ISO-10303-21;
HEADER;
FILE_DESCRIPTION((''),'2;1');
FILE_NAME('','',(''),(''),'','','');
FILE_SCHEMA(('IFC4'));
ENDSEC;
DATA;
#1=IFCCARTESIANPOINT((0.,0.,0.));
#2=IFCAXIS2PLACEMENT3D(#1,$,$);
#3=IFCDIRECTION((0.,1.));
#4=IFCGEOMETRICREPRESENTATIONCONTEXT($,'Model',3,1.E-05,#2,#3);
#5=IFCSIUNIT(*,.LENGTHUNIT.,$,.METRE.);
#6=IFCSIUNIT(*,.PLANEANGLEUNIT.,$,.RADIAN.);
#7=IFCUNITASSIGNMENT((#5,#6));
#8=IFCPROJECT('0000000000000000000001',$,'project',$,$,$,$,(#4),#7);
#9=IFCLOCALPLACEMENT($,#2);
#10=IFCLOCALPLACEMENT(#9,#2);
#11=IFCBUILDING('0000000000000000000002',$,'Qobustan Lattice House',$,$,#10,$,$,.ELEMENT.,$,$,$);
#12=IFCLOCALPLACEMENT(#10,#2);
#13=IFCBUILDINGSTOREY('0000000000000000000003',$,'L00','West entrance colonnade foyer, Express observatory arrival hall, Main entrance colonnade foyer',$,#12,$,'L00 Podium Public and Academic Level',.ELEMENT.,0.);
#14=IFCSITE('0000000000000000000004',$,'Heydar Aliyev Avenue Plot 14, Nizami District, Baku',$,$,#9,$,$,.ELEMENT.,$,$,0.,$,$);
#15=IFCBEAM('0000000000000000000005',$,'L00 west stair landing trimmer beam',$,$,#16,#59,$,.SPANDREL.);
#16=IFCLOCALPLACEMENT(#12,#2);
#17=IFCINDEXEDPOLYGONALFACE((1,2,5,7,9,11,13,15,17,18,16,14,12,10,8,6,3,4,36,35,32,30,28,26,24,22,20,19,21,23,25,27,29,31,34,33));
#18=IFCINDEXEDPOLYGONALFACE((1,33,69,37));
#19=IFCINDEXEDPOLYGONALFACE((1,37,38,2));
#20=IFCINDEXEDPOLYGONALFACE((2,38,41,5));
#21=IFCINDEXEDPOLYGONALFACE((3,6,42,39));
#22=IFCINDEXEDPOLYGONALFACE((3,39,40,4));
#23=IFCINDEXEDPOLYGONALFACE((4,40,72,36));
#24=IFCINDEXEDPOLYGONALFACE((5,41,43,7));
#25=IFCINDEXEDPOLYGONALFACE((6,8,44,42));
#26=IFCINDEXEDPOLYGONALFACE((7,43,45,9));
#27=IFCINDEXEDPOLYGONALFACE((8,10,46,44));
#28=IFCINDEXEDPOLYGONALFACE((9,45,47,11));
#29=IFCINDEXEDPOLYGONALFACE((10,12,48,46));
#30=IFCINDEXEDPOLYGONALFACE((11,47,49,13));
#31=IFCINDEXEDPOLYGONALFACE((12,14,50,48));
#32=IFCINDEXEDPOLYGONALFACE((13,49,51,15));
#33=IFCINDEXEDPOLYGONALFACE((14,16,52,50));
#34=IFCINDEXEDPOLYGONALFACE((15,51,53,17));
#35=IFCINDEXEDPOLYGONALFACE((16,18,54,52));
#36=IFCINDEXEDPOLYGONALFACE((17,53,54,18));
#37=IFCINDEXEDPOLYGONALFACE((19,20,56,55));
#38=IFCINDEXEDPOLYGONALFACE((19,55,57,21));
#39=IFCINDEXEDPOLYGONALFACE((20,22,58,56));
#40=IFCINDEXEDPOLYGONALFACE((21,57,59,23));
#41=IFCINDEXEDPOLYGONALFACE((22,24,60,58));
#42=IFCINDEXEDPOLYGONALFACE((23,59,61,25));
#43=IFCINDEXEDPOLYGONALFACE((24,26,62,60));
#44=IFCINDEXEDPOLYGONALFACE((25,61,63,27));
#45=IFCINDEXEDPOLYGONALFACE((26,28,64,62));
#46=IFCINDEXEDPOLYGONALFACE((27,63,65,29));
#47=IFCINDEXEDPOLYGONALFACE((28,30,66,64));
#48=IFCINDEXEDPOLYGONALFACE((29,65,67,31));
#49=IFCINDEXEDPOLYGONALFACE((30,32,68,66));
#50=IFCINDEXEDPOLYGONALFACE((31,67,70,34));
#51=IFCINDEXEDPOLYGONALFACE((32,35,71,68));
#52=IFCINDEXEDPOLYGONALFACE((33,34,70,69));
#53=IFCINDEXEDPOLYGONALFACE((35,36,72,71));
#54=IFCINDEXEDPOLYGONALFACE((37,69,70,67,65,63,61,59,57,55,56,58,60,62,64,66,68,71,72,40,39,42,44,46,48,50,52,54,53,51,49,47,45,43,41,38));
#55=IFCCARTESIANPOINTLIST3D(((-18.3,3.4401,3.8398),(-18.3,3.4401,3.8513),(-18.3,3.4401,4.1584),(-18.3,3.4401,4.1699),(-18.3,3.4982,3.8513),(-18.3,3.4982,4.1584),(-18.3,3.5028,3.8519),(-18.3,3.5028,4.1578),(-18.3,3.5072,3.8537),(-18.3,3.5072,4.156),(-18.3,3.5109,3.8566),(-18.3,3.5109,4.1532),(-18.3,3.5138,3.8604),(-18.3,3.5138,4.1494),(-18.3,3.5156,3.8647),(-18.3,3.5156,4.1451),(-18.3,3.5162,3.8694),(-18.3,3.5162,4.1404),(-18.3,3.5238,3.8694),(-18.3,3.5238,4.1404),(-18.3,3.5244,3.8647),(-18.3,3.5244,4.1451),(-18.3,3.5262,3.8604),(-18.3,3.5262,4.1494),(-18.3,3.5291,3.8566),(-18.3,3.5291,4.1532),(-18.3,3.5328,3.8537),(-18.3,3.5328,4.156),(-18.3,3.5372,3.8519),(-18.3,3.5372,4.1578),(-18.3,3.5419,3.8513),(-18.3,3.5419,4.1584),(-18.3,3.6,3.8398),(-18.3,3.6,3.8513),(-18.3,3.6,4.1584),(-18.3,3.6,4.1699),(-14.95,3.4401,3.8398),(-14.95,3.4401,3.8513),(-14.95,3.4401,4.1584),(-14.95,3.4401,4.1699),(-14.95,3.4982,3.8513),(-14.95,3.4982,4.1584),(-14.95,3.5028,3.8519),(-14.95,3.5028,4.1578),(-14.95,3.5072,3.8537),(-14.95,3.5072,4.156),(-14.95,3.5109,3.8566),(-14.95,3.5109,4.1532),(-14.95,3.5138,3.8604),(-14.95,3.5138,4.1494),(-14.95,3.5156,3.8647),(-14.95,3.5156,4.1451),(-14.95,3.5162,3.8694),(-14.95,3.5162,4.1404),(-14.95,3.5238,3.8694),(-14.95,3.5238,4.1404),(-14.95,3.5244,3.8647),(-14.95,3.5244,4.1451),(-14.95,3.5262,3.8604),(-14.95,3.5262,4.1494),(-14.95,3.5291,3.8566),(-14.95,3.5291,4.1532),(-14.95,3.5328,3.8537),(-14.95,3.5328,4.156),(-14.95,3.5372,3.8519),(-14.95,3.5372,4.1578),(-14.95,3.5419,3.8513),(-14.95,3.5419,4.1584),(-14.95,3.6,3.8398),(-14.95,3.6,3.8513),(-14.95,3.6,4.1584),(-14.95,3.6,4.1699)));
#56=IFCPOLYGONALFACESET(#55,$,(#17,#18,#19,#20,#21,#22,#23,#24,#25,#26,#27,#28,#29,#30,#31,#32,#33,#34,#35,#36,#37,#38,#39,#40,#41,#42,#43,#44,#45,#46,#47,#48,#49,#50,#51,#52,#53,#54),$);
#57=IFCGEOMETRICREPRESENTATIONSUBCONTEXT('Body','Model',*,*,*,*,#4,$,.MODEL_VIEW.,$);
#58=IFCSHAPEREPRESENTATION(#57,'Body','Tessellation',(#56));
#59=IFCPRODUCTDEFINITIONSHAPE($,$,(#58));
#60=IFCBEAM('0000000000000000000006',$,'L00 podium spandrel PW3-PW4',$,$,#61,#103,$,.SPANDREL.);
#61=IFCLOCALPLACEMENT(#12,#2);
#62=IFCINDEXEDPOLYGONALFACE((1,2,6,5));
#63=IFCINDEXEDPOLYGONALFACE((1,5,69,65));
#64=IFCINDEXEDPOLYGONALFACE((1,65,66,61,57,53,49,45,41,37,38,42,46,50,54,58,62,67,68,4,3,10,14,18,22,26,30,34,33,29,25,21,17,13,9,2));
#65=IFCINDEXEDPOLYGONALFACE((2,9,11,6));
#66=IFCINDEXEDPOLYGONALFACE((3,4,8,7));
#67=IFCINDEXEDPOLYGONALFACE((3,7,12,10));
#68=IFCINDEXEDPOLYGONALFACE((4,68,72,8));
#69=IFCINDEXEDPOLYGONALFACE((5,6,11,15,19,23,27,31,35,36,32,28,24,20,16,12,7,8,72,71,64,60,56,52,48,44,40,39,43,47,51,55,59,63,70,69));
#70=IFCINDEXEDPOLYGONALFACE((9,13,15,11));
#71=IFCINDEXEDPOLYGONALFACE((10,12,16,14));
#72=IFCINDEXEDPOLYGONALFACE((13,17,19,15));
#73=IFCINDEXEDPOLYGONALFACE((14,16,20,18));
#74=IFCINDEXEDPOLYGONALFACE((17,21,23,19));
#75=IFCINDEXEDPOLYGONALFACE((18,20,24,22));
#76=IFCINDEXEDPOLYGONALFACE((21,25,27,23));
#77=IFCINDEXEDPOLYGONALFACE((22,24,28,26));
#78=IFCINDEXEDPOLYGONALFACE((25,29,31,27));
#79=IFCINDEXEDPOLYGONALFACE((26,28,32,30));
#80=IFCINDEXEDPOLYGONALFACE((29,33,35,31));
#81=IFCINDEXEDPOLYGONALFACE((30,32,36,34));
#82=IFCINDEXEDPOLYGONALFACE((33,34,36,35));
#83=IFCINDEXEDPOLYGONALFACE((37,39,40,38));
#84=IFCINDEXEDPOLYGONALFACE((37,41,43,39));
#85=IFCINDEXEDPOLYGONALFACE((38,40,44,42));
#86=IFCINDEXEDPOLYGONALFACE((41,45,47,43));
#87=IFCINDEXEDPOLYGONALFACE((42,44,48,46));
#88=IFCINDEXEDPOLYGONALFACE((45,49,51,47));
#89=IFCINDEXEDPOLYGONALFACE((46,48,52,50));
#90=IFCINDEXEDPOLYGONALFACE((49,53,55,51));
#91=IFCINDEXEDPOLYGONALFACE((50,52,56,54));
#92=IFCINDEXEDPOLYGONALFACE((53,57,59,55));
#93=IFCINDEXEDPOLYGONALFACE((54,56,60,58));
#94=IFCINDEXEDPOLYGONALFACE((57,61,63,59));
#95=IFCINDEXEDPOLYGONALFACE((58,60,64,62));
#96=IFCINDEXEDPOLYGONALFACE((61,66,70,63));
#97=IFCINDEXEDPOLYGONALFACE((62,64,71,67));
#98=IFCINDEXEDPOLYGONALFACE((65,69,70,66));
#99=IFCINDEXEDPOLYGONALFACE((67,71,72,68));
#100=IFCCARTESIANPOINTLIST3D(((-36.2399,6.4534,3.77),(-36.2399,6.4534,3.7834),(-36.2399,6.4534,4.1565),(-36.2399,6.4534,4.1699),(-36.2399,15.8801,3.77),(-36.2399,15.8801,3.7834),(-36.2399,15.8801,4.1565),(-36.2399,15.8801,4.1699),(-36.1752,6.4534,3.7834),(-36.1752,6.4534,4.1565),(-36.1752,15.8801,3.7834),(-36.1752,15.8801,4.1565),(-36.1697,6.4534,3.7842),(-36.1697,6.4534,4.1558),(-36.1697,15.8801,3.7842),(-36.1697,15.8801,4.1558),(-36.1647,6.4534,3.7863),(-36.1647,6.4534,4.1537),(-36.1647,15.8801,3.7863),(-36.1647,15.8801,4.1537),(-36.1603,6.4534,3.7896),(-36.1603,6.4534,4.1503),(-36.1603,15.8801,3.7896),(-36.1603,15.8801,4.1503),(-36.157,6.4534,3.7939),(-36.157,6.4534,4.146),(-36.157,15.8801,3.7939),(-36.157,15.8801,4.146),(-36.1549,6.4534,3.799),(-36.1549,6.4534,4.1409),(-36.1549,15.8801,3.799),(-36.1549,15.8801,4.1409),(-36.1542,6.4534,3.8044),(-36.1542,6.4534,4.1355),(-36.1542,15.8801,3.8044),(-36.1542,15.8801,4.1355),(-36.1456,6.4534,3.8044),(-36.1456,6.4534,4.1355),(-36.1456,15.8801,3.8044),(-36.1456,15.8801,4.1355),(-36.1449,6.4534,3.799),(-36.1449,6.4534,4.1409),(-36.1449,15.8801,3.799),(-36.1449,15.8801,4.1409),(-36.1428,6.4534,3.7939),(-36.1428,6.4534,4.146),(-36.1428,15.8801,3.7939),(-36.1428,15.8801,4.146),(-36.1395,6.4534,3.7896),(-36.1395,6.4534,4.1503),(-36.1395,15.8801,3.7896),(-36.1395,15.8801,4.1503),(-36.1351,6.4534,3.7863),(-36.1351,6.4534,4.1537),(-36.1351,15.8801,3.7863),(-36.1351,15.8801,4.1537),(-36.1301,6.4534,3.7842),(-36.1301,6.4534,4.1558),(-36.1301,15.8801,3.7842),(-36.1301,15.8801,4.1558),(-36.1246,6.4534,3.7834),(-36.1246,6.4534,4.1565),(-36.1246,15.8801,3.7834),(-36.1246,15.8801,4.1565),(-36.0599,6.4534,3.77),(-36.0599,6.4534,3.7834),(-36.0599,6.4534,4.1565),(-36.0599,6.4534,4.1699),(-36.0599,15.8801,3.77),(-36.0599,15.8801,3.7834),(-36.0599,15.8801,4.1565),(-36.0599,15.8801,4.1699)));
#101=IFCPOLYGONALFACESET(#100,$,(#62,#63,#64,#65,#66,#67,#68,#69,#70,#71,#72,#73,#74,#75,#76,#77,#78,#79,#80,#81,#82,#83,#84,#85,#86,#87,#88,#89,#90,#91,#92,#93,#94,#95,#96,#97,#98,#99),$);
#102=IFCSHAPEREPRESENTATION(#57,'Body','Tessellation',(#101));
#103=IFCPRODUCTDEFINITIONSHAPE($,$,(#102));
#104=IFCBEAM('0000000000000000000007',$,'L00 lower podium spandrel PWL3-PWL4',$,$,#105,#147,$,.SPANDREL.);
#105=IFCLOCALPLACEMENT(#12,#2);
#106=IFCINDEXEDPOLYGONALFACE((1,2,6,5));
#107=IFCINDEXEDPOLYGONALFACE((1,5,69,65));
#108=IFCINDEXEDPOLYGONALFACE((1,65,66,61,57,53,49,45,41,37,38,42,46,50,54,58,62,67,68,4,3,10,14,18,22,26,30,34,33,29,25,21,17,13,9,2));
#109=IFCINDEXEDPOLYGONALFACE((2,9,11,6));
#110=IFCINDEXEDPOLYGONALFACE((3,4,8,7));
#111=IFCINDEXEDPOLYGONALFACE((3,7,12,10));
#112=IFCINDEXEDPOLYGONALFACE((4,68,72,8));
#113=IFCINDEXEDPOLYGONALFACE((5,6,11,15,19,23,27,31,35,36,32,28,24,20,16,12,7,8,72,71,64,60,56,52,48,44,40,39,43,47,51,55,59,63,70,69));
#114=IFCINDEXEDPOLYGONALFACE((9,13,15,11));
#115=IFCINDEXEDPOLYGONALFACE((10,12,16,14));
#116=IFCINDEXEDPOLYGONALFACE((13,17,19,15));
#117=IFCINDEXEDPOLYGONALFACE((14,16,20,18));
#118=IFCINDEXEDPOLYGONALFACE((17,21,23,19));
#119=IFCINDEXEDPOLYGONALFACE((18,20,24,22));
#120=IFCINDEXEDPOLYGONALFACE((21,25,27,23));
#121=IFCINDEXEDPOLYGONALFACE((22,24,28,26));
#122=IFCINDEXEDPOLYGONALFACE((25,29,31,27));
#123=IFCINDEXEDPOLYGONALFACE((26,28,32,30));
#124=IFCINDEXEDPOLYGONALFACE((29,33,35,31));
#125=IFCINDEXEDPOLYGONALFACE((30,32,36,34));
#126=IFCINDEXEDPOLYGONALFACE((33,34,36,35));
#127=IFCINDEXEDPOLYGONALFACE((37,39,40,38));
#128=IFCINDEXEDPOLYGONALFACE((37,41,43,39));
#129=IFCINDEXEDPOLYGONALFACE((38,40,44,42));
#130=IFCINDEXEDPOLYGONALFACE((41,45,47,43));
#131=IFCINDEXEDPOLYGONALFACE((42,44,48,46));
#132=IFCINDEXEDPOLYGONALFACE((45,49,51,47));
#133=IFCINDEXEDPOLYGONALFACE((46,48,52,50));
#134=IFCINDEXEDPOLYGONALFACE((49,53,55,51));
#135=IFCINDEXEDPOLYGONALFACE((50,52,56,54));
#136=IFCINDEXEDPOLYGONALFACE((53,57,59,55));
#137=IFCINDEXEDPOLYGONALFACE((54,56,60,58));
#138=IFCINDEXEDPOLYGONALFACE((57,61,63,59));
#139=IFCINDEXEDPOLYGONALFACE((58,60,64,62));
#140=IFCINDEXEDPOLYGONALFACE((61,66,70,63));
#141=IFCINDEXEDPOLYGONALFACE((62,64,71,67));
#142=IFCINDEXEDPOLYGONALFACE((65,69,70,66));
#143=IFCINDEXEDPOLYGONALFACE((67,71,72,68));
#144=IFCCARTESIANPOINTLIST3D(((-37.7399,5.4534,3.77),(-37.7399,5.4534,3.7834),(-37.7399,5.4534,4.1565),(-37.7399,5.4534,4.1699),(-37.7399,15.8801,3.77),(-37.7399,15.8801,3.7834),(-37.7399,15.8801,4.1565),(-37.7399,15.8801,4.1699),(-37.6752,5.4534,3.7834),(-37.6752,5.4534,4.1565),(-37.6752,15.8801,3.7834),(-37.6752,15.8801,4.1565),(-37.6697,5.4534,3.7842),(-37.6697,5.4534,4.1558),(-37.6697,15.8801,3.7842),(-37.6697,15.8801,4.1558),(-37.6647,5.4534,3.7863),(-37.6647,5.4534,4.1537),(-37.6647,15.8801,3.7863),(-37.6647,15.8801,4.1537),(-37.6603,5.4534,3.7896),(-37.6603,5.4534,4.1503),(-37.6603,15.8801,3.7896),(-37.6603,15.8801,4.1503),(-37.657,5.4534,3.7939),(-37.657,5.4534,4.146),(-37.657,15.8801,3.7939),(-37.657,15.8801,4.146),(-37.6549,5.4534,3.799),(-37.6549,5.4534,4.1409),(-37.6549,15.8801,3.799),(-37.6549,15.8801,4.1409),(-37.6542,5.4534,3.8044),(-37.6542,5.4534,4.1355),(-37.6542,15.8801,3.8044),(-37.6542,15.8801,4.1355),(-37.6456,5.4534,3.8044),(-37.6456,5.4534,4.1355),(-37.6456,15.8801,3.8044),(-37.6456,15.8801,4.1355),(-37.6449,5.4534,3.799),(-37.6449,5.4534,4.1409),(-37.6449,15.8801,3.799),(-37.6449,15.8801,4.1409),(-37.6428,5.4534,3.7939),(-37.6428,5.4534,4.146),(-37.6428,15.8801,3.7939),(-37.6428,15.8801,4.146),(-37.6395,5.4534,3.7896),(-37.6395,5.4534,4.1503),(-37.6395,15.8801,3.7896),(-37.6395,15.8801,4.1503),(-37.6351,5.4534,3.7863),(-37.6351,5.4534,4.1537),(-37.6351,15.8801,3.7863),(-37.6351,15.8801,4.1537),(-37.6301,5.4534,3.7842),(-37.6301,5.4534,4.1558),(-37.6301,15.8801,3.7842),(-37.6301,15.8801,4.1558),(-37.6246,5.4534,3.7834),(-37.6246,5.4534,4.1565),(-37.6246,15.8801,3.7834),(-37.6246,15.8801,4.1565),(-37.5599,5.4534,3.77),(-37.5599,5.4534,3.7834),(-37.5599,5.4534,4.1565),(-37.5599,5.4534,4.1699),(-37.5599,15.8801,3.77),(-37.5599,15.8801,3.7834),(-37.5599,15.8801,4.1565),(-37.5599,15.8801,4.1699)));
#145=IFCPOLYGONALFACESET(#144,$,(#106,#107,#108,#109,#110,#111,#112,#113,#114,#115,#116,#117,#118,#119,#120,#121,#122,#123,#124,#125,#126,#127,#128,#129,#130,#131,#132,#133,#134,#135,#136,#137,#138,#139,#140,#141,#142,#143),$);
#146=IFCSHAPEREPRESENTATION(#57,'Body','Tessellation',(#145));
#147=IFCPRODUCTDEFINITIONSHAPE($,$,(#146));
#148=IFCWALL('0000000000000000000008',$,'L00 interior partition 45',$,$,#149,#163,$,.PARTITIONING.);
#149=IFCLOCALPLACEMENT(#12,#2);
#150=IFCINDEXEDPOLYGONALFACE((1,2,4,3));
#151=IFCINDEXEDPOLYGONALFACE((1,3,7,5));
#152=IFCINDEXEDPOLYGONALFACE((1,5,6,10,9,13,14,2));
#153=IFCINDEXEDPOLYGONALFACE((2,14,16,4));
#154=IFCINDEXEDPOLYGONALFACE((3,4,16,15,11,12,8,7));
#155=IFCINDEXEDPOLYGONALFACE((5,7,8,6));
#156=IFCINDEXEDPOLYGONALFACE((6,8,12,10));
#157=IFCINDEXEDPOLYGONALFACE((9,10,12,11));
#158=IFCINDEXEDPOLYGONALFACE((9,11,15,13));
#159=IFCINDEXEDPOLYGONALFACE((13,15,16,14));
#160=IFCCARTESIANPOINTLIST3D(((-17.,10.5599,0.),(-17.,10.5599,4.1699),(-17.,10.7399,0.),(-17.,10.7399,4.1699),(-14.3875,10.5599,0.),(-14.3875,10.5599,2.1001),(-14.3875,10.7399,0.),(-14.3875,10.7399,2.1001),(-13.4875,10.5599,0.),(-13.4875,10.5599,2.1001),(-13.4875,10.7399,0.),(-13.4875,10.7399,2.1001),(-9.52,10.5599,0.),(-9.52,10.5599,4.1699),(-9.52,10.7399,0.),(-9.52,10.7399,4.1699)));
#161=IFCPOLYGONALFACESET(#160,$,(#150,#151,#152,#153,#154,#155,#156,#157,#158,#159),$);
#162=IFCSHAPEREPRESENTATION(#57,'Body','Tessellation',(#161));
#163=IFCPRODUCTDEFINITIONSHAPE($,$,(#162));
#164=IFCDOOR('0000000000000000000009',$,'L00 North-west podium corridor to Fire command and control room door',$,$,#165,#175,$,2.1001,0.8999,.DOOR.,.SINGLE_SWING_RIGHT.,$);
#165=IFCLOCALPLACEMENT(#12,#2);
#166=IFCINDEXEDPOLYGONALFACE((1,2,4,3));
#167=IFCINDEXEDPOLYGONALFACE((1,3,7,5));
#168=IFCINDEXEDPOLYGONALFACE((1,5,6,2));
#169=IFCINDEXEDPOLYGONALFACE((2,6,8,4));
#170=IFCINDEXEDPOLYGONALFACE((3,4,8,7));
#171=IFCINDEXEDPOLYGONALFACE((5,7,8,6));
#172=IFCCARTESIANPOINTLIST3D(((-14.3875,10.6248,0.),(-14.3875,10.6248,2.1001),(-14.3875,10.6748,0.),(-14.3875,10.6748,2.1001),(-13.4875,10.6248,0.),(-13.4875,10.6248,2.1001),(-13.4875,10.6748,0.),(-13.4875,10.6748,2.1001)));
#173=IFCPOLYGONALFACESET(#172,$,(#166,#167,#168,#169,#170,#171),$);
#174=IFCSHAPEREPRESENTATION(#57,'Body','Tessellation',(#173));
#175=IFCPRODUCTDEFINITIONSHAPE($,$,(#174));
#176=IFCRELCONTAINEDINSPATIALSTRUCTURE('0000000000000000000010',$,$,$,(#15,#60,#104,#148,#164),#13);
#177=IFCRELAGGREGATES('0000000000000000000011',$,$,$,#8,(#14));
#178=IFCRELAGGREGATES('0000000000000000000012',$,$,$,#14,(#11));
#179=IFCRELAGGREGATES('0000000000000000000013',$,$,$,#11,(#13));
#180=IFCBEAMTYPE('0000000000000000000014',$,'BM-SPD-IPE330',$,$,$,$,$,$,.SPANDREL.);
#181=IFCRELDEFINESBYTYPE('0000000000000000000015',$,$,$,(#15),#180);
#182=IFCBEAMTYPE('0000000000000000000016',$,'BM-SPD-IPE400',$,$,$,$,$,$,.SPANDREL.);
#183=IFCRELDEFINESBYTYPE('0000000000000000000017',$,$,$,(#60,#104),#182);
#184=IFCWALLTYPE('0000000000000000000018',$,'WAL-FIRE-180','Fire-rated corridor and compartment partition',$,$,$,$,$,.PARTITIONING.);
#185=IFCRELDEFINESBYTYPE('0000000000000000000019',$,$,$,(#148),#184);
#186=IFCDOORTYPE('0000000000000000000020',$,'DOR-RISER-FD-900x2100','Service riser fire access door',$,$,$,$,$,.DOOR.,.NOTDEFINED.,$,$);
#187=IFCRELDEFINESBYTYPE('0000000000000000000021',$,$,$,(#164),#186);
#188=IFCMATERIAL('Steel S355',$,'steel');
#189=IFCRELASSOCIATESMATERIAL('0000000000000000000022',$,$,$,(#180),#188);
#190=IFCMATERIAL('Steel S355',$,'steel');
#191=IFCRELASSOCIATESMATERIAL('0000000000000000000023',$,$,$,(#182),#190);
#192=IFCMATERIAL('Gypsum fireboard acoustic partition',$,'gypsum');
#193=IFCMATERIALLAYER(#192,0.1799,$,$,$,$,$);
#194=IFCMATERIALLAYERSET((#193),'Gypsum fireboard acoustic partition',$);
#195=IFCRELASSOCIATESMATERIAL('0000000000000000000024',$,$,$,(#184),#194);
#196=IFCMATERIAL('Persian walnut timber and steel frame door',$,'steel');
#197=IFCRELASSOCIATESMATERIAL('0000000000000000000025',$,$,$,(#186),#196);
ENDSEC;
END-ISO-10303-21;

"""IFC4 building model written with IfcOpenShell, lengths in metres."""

from ifc_helpers import new_model, si_unit, direction, frame, frame_2d, origin, origin_2d, place, context, subcontext, project, spatial, rectangle, i_section, extrude, material, layer, layer_set, material_profile, profile_set, type_object, element, fill, save


model = new_model("IFC4")

# Units and contexts
model_context = context("Model", 3, precision=1e-05, world=origin(), true_north=direction((0.0, 1.0)))
body_context = subcontext(model_context, "Body", "Model", "MODEL_VIEW")
ifc_project = project(units=[si_unit("LENGTHUNIT", "METRE"), si_unit("PLANEANGLEUNIT", "RADIAN")], contexts=[model_context])

# Site, building, storey
site_placement = place(None, origin())
site = spatial("IfcSite", under=ifc_project, at=site_placement, Name="Heydar Aliyev Avenue Plot 14, Nizami District, Baku", CompositionType="ELEMENT", RefElevation=0.0)
building_placement = place(site_placement, origin())
building = spatial("IfcBuilding", under=site, at=building_placement, Name="Qobustan Lattice House", CompositionType="ELEMENT")
storey_placement = place(building_placement, origin())
storey = spatial("IfcBuildingStorey", under=building, at=storey_placement, Name="L00", Description="West entrance colonnade foyer, Express observatory arrival hall, Main entrance colonnade foyer", LongName="L00 Podium Public and Academic Level", CompositionType="ELEMENT", Elevation=0.0)

# Beams
ifc_material_1 = material(Name="Steel S355", Category="steel")
ifc_material_profile_1 = material_profile(ifc_material_1, i_section(OverallWidth=0.1599, OverallDepth=0.3301, WebThickness=0.0076, FlangeThickness=0.0115, FilletRadius=0.0181, at=origin_2d()), Name="IPE330")
ifc_profile_set_1 = profile_set([ifc_material_profile_1], Name="Steel S355")
beam_type_1 = type_object("IfcBeamType", Name="BM-SPD-IPE330", PredefinedType="SPANDREL", material=ifc_profile_set_1)
beam_1_placement = place(storey_placement, frame((-18.3, 3.52, 4.0049), z_axis=(1.0, 0.0, 0.0), x_axis=(0.0, 1.0, 0.0)))
element("IfcBeam", 1, at=beam_1_placement, inside=storey, type_object=beam_type_1, Name="L00 west stair landing trimmer beam", PredefinedType="SPANDREL", context=body_context, shape_type="SweptSolid", body=[
    extrude(i_section(OverallWidth=0.1599, OverallDepth=0.3301, WebThickness=0.0076, FlangeThickness=0.0115, FilletRadius=0.0181, at=origin_2d()), origin(), (0.0, 0.0, 1.0), 3.3501),
])
ifc_material_2 = material(Name="Steel S355", Category="steel")
ifc_material_profile_2 = material_profile(ifc_material_2, i_section(OverallWidth=0.1799, OverallDepth=0.3999, WebThickness=0.0085, FlangeThickness=0.0134, FilletRadius=0.021, at=origin_2d()), Name="IPE400")
ifc_profile_set_2 = profile_set([ifc_material_profile_2], Name="Steel S355")
beam_type_2 = type_object("IfcBeamType", Name="BM-SPD-IPE400", PredefinedType="SPANDREL", material=ifc_profile_set_2)
beam_2_placement = place(storey_placement, frame((-36.1499, 6.4534, 3.97), z_axis=(0.0, 1.0, 0.0), x_axis=(-1.0, 0.0, 0.0)))
element("IfcBeam", 2, at=beam_2_placement, inside=storey, type_object=beam_type_2, Name="L00 podium spandrel PW3-PW4", PredefinedType="SPANDREL", context=body_context, shape_type="SweptSolid", body=[
    extrude(i_section(OverallWidth=0.1799, OverallDepth=0.3999, WebThickness=0.0085, FlangeThickness=0.0134, FilletRadius=0.021, at=origin_2d()), origin(), (0.0, 0.0, 1.0), 9.4268),
])
beam_3_placement = place(storey_placement, frame((-37.6499, 5.4534, 3.97), z_axis=(0.0, 1.0, 0.0), x_axis=(-1.0, 0.0, 0.0)))
element("IfcBeam", 3, at=beam_3_placement, inside=storey, type_object=beam_type_2, Name="L00 lower podium spandrel PWL3-PWL4", PredefinedType="SPANDREL", context=body_context, shape_type="SweptSolid", body=[
    extrude(i_section(OverallWidth=0.1799, OverallDepth=0.3999, WebThickness=0.0085, FlangeThickness=0.0134, FilletRadius=0.021, at=origin_2d()), origin(), (0.0, 0.0, 1.0), 10.4268),
])

# Wall, opening, door
ifc_material_3 = material(Name="Gypsum fireboard acoustic partition", Category="gypsum")
ifc_layer_1 = layer(ifc_material_3, 0.1799)
ifc_layer_set_1 = layer_set([ifc_layer_1], Name="Gypsum fireboard acoustic partition")
wall_type_1 = type_object("IfcWallType", Name="WAL-FIRE-180", Description="Fire-rated corridor and compartment partition", PredefinedType="PARTITIONING", material=ifc_layer_set_1)
wall_1_placement = place(storey_placement, frame((-17.0, 10.6499, 0.0), z_axis=(0.0, 0.0, 1.0), x_axis=(1.0, 0.0, 0.0)))
wall_1 = element("IfcWall", 4, at=wall_1_placement, inside=storey, type_object=wall_type_1, Name="L00 interior partition 45", PredefinedType="PARTITIONING", context=body_context, shape_type="SweptSolid", body=[
    extrude(rectangle(XDim=7.48, YDim=0.1799, at=frame_2d((3.74, 0.0))), origin(), (0.0, 0.0, 1.0), 4.1699),
])
opening_1_placement = place(wall_1_placement, frame((2.6125, 0.0, 0.0)))
opening_1 = element("IfcOpeningElement", 5, at=opening_1_placement, cuts=wall_1, PredefinedType="OPENING", context=body_context, shape_type="SweptSolid", body=[
    extrude(rectangle(XDim=0.8999, YDim=2.1001, at=frame_2d((0.45, 1.05))), frame((0.0, 0.0999, 0.0), z_axis=(0.0, -1.0, 0.0), x_axis=(1.0, 0.0, 0.0)), (0.0, 0.0, 1.0), 0.2),
])
ifc_material_4 = material(Name="Persian walnut timber and steel frame door", Category="steel")
door_type_1 = type_object("IfcDoorType", Name="DOR-RISER-FD-900x2100", Description="Service riser fire access door", OperationType="NOTDEFINED", PredefinedType="DOOR", material=ifc_material_4)
door_1_placement = place(opening_1_placement, origin())
door_1 = element("IfcDoor", 6, at=door_1_placement, inside=storey, type_object=door_type_1, Name="L00 North-west podium corridor to Fire command and control room door", OperationType="SINGLE_SWING_RIGHT", OverallHeight=2.1001, OverallWidth=0.8999, PredefinedType="DOOR", context=body_context, shape_type="SweptSolid", body=[
    extrude(rectangle(XDim=0.8999, YDim=2.1001, at=frame_2d((0.45, 1.05))), frame((0.0, 0.0249, 0.0), z_axis=(0.0, -1.0, 0.0), x_axis=(1.0, 0.0, 0.0)), (0.0, 0.0, 1.0), 0.05),
])
fill(opening_1, door_1)

save(model, "model.ifc")
